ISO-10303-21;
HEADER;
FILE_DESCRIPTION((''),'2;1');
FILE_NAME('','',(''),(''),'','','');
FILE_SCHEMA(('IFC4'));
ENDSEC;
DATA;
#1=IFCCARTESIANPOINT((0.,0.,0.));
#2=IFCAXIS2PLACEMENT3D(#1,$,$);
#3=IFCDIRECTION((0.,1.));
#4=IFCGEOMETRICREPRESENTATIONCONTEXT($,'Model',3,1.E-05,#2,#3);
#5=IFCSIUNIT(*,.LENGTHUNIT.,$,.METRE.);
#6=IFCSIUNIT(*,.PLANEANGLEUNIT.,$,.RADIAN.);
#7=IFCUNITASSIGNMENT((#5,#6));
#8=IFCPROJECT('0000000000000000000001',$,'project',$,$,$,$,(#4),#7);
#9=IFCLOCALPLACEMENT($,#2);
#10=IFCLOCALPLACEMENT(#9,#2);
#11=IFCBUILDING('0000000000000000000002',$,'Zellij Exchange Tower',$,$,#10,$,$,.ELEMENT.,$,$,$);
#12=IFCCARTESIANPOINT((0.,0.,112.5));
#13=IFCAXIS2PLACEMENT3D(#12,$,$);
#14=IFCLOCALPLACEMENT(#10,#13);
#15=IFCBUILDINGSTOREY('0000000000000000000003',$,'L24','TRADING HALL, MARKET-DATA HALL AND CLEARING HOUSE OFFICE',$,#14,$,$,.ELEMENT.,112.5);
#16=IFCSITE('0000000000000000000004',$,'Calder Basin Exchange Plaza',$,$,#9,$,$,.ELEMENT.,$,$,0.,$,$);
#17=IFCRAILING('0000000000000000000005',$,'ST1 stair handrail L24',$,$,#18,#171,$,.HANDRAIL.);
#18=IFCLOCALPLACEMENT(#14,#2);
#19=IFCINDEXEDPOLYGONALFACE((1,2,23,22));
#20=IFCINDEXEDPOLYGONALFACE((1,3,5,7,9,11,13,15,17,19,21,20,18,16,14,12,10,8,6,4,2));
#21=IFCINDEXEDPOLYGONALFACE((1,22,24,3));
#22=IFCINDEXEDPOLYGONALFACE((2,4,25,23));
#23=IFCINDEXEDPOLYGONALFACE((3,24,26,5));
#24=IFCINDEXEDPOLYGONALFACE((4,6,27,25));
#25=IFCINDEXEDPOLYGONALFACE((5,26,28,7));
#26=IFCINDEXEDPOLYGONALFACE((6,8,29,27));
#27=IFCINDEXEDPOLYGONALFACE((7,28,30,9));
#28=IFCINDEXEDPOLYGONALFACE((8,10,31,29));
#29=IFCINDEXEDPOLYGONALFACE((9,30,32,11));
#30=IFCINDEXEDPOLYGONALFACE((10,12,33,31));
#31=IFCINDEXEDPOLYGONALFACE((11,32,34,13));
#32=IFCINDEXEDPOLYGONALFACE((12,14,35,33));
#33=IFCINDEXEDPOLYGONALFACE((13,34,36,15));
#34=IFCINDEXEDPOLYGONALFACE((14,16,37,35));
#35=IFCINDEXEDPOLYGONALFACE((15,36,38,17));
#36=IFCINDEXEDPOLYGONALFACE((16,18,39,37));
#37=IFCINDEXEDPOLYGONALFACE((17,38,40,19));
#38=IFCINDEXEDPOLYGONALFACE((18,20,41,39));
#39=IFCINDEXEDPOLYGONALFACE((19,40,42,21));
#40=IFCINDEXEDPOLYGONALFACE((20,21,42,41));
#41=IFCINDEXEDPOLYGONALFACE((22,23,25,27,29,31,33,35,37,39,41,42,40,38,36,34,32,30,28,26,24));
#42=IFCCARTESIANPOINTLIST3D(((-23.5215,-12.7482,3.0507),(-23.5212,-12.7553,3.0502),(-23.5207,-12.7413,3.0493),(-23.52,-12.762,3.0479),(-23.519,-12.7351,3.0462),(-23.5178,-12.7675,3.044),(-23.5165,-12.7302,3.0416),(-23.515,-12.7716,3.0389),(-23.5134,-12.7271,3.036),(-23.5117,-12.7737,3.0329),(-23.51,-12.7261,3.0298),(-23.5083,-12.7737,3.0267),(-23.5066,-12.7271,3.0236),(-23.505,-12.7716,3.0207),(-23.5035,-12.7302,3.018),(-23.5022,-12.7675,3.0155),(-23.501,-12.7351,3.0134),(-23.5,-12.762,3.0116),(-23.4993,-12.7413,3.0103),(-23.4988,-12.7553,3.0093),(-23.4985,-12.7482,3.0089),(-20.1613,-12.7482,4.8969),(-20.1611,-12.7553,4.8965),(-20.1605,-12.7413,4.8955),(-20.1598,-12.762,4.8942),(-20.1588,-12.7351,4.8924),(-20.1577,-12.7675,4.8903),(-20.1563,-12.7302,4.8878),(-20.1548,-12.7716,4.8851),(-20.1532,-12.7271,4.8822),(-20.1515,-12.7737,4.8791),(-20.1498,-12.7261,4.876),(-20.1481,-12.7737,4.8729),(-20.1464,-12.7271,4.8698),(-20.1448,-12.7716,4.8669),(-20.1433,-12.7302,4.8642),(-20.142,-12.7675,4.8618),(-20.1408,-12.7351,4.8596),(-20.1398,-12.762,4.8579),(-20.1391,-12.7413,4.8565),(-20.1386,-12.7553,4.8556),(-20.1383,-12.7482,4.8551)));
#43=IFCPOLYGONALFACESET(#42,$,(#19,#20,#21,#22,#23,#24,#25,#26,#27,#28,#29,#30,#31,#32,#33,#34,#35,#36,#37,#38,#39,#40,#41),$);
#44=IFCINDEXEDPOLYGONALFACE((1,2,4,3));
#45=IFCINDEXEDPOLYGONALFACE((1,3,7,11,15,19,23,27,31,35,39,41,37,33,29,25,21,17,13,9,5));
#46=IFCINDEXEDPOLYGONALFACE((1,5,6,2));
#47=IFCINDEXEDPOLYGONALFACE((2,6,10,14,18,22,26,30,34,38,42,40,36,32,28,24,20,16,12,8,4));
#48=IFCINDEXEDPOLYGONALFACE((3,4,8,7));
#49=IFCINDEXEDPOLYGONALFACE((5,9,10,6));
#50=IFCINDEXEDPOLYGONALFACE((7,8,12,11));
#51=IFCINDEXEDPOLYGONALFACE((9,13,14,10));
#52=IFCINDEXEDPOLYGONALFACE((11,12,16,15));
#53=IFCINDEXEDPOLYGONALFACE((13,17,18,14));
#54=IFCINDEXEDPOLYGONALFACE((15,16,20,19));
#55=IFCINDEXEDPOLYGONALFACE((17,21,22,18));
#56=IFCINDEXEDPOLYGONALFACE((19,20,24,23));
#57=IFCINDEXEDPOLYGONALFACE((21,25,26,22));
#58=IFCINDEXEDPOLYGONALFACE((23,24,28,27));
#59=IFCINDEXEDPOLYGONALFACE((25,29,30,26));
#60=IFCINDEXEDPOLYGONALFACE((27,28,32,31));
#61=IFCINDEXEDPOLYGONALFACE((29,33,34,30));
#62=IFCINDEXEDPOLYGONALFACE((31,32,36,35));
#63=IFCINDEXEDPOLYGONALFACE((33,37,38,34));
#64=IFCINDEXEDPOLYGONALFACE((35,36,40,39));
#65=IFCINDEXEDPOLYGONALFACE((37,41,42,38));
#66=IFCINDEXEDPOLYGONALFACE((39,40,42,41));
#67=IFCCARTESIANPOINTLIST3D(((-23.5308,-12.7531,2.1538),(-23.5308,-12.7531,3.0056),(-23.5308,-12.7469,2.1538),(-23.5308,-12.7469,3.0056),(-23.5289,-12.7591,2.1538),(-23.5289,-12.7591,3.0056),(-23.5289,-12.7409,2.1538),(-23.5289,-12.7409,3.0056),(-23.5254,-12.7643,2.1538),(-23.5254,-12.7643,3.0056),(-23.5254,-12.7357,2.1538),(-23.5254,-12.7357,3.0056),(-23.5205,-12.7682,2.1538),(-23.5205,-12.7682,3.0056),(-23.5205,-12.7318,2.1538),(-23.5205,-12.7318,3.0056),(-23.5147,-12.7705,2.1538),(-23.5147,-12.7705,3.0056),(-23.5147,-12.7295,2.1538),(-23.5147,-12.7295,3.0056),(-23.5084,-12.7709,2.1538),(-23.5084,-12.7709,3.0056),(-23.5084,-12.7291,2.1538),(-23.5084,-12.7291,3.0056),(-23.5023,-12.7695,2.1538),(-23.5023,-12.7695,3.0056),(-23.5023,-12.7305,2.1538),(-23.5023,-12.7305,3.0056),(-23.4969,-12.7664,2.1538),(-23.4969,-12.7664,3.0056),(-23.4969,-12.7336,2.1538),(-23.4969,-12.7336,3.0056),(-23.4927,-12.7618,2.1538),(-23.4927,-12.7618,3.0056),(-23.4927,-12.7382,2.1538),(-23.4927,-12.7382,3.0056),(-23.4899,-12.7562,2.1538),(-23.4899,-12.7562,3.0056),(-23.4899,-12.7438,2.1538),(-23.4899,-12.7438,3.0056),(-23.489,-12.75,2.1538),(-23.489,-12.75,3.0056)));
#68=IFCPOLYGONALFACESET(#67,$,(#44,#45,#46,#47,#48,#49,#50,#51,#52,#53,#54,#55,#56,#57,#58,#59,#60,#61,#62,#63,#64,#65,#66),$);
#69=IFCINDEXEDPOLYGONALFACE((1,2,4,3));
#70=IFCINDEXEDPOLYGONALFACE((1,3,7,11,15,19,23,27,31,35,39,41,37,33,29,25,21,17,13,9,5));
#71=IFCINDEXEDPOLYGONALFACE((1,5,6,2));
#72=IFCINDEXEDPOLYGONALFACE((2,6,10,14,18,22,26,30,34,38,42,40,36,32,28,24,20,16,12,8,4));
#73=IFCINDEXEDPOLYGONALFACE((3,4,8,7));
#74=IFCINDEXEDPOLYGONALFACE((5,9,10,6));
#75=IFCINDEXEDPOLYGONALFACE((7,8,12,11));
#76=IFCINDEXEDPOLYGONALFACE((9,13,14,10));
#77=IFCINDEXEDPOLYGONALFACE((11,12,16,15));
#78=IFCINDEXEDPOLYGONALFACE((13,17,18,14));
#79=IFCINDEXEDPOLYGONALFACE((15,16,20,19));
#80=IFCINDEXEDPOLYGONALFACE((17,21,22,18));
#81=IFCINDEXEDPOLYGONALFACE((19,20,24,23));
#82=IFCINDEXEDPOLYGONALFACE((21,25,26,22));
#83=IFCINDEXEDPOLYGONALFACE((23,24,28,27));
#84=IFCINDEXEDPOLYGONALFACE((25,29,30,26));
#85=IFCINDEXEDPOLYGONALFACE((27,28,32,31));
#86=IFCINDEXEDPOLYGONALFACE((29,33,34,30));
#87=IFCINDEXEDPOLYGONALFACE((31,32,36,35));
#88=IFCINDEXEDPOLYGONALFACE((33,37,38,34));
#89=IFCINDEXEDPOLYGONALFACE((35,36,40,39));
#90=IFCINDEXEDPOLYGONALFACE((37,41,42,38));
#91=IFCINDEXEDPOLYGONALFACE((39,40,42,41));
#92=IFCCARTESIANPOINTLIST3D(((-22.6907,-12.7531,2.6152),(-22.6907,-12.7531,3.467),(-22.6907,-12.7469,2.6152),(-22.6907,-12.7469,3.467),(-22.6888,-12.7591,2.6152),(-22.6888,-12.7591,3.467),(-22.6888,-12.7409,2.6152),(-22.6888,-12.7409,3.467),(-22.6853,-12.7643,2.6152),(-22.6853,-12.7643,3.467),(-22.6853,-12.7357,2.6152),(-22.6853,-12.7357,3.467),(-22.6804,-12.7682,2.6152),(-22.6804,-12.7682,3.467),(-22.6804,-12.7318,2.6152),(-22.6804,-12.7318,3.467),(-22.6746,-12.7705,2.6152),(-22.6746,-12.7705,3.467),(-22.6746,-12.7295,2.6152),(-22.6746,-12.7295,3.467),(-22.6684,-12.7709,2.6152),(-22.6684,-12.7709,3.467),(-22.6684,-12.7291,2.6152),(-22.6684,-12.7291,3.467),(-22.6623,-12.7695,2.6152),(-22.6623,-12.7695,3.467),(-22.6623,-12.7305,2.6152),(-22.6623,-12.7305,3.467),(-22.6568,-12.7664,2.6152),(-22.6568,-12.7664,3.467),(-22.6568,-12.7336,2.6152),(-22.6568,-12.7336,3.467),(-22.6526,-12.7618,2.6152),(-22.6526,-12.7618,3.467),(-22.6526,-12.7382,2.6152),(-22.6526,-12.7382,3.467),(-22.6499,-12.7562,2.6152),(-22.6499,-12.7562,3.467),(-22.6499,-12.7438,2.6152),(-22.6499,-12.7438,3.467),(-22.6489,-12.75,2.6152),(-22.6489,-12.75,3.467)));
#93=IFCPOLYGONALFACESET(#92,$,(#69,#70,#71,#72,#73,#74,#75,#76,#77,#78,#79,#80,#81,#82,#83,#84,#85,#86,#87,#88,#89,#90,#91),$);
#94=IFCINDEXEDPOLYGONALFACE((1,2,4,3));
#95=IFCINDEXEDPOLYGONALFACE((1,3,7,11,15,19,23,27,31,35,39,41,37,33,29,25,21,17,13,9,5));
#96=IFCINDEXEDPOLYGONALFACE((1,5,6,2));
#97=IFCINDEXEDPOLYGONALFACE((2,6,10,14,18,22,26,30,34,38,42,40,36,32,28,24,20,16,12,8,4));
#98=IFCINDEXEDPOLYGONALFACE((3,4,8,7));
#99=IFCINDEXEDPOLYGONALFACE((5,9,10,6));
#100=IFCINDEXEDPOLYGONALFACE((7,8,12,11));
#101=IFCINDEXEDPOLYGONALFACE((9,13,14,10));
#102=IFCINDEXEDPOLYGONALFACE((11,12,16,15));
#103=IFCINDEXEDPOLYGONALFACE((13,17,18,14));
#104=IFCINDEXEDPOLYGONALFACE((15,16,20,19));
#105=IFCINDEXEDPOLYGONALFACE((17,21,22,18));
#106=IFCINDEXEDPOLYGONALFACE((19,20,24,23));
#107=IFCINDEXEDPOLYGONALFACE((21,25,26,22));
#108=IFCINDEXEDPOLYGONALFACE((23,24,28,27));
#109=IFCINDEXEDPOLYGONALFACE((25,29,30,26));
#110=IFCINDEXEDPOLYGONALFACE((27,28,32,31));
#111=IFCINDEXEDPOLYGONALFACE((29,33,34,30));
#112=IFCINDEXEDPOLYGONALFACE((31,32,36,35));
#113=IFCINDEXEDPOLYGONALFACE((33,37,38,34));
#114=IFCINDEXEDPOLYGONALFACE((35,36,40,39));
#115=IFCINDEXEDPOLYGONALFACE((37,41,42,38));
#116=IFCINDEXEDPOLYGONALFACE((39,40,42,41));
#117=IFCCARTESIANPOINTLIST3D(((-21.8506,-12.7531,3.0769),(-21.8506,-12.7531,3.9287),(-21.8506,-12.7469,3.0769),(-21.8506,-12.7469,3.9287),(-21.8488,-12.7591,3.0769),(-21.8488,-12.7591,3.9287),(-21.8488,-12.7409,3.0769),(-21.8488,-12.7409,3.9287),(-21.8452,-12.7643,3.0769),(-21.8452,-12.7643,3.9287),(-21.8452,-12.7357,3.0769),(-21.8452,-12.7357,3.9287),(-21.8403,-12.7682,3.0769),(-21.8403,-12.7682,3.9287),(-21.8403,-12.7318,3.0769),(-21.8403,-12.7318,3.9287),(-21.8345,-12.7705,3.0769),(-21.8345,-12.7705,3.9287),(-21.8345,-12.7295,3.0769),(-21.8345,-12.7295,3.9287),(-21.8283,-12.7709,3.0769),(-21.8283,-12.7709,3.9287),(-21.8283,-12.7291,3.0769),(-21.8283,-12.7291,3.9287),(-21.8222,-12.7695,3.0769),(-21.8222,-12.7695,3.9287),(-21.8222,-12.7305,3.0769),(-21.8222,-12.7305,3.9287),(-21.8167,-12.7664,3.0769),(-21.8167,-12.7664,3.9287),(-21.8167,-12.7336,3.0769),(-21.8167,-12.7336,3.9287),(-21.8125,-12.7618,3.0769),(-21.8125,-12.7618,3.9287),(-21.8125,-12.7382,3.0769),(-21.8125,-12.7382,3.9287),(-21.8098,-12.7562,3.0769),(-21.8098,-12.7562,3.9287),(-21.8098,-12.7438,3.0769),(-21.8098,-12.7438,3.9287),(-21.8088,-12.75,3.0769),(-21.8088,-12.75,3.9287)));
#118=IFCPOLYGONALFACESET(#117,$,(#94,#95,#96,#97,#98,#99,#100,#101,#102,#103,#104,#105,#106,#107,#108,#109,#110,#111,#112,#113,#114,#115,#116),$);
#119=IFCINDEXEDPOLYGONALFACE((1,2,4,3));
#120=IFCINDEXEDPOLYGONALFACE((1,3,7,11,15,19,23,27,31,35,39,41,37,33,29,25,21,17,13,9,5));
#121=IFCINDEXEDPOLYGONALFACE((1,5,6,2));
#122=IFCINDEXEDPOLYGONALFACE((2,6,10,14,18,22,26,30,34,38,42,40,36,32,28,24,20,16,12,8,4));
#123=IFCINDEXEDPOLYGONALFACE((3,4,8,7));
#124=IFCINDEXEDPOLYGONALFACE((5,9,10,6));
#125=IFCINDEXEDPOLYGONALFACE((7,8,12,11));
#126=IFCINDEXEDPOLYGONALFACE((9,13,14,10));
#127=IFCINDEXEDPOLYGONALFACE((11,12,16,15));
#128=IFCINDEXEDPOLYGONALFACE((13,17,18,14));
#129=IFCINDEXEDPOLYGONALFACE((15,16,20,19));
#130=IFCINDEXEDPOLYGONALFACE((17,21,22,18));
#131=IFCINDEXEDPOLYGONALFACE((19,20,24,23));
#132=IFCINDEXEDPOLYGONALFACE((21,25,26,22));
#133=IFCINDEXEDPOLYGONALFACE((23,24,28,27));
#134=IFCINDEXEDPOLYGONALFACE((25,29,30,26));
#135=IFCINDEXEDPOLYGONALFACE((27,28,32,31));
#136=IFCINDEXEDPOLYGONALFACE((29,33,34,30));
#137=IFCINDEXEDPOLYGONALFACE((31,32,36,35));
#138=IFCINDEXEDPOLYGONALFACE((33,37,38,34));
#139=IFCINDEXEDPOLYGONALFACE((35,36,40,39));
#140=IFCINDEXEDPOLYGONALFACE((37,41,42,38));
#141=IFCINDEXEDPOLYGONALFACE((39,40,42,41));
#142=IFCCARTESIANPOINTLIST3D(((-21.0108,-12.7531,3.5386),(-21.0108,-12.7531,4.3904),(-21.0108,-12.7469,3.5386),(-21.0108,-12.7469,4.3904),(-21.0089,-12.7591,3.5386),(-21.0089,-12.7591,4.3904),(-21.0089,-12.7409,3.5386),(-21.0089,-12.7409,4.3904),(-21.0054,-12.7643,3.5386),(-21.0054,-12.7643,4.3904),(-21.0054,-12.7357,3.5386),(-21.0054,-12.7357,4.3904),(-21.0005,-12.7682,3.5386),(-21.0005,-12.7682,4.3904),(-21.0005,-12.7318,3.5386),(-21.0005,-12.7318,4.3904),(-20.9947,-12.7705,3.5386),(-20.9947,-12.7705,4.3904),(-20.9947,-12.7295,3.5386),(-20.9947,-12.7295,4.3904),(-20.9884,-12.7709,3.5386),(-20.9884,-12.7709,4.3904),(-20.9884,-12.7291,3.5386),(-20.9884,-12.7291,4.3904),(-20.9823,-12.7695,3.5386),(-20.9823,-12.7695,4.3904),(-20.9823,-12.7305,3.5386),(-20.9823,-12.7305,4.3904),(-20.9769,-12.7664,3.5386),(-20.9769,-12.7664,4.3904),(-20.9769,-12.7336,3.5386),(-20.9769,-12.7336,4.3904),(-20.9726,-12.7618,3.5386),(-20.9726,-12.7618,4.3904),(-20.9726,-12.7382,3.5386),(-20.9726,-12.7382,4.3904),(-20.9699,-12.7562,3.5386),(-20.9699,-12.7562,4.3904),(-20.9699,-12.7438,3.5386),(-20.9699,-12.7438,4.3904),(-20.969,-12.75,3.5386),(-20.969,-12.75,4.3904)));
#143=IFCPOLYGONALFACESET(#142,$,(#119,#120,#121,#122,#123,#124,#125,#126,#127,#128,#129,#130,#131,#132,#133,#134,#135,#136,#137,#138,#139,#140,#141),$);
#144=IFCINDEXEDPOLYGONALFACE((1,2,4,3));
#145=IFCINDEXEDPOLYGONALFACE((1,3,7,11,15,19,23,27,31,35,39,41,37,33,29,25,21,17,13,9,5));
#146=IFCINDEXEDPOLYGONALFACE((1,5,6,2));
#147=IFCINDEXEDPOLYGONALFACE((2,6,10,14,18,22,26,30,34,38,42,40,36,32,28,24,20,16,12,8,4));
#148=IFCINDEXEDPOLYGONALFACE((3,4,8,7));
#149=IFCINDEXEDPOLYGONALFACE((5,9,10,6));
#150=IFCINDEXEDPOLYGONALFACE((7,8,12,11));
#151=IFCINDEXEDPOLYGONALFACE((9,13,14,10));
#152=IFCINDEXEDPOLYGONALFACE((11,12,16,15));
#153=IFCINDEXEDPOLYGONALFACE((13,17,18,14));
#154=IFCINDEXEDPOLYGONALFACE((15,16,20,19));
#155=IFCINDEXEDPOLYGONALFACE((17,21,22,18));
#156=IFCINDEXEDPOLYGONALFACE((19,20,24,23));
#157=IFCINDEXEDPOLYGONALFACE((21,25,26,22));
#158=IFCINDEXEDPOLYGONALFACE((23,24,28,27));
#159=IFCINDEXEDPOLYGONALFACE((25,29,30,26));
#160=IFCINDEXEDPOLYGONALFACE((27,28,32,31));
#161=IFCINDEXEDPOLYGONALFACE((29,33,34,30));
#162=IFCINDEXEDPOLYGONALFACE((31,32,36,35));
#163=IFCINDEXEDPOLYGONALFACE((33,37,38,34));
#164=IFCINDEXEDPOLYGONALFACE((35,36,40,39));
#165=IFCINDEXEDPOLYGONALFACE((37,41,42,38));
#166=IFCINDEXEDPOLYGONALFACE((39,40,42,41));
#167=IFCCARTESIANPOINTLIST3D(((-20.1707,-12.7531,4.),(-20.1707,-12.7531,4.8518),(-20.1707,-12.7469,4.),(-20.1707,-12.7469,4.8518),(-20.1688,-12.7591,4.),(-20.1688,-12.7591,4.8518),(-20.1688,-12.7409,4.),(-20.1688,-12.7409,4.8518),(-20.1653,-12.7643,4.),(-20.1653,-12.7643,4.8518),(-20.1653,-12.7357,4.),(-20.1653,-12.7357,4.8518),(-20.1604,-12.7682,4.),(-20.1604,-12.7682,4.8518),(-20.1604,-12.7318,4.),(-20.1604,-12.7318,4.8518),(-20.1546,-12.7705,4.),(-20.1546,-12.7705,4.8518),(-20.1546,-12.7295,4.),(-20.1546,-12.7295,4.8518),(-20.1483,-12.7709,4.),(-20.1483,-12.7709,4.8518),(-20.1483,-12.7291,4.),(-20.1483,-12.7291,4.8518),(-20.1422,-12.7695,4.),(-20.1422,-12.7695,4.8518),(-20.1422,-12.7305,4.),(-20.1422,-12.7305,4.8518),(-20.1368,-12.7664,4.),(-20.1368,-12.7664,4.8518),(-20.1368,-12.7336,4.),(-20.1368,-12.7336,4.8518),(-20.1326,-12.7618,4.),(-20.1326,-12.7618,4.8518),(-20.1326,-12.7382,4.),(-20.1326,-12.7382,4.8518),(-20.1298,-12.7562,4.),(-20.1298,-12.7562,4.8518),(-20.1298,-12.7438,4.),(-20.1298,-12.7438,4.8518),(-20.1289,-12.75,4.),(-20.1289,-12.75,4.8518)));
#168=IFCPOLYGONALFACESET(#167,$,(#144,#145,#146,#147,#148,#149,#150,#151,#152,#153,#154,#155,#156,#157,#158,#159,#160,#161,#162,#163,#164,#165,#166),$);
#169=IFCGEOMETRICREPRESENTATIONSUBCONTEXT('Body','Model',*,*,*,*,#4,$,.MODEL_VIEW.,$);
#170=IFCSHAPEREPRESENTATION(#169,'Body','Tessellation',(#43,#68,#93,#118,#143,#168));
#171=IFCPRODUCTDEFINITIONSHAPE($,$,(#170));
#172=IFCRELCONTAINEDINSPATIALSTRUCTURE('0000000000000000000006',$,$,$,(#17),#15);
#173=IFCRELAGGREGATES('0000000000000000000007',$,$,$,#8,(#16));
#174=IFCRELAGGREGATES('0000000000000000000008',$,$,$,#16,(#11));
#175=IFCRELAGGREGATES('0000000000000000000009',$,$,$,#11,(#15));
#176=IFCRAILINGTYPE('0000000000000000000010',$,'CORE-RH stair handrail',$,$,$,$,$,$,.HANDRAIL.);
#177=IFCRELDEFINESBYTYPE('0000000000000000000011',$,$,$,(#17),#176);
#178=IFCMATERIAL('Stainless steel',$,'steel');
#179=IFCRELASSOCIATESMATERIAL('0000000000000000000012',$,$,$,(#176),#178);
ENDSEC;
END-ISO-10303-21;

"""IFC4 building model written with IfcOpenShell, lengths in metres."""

from ifc_helpers import new_model, si_unit, direction, frame, origin, origin_2d, place, context, subcontext, project, spatial, circle, extrude, material, type_object, element, save


model = new_model("IFC4")

# Units and contexts
model_context = context("Model", 3, precision=1e-05, world=origin(), true_north=direction((0.0, 1.0)))
body_context = subcontext(model_context, "Body", "Model", "MODEL_VIEW")
ifc_project = project(units=[si_unit("LENGTHUNIT", "METRE"), si_unit("PLANEANGLEUNIT", "RADIAN")], contexts=[model_context])

# Site, building, storey
site_placement = place(None, origin())
site = spatial("IfcSite", under=ifc_project, at=site_placement, Name="Calder Basin Exchange Plaza", CompositionType="ELEMENT", RefElevation=0.0)
building_placement = place(site_placement, origin())
building = spatial("IfcBuilding", under=site, at=building_placement, Name="Zellij Exchange Tower", CompositionType="ELEMENT")
storey_placement = place(building_placement, frame((0.0, 0.0, 112.5)))
storey = spatial("IfcBuildingStorey", under=building, at=storey_placement, Name="L24", Description="TRADING HALL, MARKET-DATA HALL AND CLEARING HOUSE OFFICE", CompositionType="ELEMENT", Elevation=112.5)

# Railing
ifc_material_1 = material(Name="Stainless steel", Category="steel")
railing_type = type_object("IfcRailingType", Name="CORE-RH stair handrail", PredefinedType="HANDRAIL", material=ifc_material_1)
railing_placement = place(storey_placement, frame((-23.51, -12.75, 2.1538)))
element("IfcRailing", 1, at=railing_placement, inside=storey, type_object=railing_type, Name="ST1 stair handrail L24", PredefinedType="HANDRAIL", context=body_context, shape_type="SweptSolid", body=[
    extrude(circle(Radius=0.0239, at=origin_2d()), frame((0.0, 0.0, 0.876), z_axis=(0.876422, 0.0, 0.481545), x_axis=(0.0, 1.0, 0.0)), (0.0, 0.0, 1.0), 3.834),
    extrude(circle(Radius=0.021, at=origin_2d()), origin(), (0.0, 0.0, 1.0), 0.8518),
    extrude(circle(Radius=0.021, at=origin_2d()), frame((0.8401, 0.0, 0.4614)), (0.0, 0.0, 1.0), 0.8518),
    extrude(circle(Radius=0.021, at=origin_2d()), frame((1.6802, 0.0, 0.9231)), (0.0, 0.0, 1.0), 0.8518),
    extrude(circle(Radius=0.021, at=origin_2d()), frame((2.52, 0.0, 1.3848)), (0.0, 0.0, 1.0), 0.8518),
    extrude(circle(Radius=0.021, at=origin_2d()), frame((3.3601, 0.0, 1.8462)), (0.0, 0.0, 1.0), 0.8518),
])

save(model, "model.ifc")
